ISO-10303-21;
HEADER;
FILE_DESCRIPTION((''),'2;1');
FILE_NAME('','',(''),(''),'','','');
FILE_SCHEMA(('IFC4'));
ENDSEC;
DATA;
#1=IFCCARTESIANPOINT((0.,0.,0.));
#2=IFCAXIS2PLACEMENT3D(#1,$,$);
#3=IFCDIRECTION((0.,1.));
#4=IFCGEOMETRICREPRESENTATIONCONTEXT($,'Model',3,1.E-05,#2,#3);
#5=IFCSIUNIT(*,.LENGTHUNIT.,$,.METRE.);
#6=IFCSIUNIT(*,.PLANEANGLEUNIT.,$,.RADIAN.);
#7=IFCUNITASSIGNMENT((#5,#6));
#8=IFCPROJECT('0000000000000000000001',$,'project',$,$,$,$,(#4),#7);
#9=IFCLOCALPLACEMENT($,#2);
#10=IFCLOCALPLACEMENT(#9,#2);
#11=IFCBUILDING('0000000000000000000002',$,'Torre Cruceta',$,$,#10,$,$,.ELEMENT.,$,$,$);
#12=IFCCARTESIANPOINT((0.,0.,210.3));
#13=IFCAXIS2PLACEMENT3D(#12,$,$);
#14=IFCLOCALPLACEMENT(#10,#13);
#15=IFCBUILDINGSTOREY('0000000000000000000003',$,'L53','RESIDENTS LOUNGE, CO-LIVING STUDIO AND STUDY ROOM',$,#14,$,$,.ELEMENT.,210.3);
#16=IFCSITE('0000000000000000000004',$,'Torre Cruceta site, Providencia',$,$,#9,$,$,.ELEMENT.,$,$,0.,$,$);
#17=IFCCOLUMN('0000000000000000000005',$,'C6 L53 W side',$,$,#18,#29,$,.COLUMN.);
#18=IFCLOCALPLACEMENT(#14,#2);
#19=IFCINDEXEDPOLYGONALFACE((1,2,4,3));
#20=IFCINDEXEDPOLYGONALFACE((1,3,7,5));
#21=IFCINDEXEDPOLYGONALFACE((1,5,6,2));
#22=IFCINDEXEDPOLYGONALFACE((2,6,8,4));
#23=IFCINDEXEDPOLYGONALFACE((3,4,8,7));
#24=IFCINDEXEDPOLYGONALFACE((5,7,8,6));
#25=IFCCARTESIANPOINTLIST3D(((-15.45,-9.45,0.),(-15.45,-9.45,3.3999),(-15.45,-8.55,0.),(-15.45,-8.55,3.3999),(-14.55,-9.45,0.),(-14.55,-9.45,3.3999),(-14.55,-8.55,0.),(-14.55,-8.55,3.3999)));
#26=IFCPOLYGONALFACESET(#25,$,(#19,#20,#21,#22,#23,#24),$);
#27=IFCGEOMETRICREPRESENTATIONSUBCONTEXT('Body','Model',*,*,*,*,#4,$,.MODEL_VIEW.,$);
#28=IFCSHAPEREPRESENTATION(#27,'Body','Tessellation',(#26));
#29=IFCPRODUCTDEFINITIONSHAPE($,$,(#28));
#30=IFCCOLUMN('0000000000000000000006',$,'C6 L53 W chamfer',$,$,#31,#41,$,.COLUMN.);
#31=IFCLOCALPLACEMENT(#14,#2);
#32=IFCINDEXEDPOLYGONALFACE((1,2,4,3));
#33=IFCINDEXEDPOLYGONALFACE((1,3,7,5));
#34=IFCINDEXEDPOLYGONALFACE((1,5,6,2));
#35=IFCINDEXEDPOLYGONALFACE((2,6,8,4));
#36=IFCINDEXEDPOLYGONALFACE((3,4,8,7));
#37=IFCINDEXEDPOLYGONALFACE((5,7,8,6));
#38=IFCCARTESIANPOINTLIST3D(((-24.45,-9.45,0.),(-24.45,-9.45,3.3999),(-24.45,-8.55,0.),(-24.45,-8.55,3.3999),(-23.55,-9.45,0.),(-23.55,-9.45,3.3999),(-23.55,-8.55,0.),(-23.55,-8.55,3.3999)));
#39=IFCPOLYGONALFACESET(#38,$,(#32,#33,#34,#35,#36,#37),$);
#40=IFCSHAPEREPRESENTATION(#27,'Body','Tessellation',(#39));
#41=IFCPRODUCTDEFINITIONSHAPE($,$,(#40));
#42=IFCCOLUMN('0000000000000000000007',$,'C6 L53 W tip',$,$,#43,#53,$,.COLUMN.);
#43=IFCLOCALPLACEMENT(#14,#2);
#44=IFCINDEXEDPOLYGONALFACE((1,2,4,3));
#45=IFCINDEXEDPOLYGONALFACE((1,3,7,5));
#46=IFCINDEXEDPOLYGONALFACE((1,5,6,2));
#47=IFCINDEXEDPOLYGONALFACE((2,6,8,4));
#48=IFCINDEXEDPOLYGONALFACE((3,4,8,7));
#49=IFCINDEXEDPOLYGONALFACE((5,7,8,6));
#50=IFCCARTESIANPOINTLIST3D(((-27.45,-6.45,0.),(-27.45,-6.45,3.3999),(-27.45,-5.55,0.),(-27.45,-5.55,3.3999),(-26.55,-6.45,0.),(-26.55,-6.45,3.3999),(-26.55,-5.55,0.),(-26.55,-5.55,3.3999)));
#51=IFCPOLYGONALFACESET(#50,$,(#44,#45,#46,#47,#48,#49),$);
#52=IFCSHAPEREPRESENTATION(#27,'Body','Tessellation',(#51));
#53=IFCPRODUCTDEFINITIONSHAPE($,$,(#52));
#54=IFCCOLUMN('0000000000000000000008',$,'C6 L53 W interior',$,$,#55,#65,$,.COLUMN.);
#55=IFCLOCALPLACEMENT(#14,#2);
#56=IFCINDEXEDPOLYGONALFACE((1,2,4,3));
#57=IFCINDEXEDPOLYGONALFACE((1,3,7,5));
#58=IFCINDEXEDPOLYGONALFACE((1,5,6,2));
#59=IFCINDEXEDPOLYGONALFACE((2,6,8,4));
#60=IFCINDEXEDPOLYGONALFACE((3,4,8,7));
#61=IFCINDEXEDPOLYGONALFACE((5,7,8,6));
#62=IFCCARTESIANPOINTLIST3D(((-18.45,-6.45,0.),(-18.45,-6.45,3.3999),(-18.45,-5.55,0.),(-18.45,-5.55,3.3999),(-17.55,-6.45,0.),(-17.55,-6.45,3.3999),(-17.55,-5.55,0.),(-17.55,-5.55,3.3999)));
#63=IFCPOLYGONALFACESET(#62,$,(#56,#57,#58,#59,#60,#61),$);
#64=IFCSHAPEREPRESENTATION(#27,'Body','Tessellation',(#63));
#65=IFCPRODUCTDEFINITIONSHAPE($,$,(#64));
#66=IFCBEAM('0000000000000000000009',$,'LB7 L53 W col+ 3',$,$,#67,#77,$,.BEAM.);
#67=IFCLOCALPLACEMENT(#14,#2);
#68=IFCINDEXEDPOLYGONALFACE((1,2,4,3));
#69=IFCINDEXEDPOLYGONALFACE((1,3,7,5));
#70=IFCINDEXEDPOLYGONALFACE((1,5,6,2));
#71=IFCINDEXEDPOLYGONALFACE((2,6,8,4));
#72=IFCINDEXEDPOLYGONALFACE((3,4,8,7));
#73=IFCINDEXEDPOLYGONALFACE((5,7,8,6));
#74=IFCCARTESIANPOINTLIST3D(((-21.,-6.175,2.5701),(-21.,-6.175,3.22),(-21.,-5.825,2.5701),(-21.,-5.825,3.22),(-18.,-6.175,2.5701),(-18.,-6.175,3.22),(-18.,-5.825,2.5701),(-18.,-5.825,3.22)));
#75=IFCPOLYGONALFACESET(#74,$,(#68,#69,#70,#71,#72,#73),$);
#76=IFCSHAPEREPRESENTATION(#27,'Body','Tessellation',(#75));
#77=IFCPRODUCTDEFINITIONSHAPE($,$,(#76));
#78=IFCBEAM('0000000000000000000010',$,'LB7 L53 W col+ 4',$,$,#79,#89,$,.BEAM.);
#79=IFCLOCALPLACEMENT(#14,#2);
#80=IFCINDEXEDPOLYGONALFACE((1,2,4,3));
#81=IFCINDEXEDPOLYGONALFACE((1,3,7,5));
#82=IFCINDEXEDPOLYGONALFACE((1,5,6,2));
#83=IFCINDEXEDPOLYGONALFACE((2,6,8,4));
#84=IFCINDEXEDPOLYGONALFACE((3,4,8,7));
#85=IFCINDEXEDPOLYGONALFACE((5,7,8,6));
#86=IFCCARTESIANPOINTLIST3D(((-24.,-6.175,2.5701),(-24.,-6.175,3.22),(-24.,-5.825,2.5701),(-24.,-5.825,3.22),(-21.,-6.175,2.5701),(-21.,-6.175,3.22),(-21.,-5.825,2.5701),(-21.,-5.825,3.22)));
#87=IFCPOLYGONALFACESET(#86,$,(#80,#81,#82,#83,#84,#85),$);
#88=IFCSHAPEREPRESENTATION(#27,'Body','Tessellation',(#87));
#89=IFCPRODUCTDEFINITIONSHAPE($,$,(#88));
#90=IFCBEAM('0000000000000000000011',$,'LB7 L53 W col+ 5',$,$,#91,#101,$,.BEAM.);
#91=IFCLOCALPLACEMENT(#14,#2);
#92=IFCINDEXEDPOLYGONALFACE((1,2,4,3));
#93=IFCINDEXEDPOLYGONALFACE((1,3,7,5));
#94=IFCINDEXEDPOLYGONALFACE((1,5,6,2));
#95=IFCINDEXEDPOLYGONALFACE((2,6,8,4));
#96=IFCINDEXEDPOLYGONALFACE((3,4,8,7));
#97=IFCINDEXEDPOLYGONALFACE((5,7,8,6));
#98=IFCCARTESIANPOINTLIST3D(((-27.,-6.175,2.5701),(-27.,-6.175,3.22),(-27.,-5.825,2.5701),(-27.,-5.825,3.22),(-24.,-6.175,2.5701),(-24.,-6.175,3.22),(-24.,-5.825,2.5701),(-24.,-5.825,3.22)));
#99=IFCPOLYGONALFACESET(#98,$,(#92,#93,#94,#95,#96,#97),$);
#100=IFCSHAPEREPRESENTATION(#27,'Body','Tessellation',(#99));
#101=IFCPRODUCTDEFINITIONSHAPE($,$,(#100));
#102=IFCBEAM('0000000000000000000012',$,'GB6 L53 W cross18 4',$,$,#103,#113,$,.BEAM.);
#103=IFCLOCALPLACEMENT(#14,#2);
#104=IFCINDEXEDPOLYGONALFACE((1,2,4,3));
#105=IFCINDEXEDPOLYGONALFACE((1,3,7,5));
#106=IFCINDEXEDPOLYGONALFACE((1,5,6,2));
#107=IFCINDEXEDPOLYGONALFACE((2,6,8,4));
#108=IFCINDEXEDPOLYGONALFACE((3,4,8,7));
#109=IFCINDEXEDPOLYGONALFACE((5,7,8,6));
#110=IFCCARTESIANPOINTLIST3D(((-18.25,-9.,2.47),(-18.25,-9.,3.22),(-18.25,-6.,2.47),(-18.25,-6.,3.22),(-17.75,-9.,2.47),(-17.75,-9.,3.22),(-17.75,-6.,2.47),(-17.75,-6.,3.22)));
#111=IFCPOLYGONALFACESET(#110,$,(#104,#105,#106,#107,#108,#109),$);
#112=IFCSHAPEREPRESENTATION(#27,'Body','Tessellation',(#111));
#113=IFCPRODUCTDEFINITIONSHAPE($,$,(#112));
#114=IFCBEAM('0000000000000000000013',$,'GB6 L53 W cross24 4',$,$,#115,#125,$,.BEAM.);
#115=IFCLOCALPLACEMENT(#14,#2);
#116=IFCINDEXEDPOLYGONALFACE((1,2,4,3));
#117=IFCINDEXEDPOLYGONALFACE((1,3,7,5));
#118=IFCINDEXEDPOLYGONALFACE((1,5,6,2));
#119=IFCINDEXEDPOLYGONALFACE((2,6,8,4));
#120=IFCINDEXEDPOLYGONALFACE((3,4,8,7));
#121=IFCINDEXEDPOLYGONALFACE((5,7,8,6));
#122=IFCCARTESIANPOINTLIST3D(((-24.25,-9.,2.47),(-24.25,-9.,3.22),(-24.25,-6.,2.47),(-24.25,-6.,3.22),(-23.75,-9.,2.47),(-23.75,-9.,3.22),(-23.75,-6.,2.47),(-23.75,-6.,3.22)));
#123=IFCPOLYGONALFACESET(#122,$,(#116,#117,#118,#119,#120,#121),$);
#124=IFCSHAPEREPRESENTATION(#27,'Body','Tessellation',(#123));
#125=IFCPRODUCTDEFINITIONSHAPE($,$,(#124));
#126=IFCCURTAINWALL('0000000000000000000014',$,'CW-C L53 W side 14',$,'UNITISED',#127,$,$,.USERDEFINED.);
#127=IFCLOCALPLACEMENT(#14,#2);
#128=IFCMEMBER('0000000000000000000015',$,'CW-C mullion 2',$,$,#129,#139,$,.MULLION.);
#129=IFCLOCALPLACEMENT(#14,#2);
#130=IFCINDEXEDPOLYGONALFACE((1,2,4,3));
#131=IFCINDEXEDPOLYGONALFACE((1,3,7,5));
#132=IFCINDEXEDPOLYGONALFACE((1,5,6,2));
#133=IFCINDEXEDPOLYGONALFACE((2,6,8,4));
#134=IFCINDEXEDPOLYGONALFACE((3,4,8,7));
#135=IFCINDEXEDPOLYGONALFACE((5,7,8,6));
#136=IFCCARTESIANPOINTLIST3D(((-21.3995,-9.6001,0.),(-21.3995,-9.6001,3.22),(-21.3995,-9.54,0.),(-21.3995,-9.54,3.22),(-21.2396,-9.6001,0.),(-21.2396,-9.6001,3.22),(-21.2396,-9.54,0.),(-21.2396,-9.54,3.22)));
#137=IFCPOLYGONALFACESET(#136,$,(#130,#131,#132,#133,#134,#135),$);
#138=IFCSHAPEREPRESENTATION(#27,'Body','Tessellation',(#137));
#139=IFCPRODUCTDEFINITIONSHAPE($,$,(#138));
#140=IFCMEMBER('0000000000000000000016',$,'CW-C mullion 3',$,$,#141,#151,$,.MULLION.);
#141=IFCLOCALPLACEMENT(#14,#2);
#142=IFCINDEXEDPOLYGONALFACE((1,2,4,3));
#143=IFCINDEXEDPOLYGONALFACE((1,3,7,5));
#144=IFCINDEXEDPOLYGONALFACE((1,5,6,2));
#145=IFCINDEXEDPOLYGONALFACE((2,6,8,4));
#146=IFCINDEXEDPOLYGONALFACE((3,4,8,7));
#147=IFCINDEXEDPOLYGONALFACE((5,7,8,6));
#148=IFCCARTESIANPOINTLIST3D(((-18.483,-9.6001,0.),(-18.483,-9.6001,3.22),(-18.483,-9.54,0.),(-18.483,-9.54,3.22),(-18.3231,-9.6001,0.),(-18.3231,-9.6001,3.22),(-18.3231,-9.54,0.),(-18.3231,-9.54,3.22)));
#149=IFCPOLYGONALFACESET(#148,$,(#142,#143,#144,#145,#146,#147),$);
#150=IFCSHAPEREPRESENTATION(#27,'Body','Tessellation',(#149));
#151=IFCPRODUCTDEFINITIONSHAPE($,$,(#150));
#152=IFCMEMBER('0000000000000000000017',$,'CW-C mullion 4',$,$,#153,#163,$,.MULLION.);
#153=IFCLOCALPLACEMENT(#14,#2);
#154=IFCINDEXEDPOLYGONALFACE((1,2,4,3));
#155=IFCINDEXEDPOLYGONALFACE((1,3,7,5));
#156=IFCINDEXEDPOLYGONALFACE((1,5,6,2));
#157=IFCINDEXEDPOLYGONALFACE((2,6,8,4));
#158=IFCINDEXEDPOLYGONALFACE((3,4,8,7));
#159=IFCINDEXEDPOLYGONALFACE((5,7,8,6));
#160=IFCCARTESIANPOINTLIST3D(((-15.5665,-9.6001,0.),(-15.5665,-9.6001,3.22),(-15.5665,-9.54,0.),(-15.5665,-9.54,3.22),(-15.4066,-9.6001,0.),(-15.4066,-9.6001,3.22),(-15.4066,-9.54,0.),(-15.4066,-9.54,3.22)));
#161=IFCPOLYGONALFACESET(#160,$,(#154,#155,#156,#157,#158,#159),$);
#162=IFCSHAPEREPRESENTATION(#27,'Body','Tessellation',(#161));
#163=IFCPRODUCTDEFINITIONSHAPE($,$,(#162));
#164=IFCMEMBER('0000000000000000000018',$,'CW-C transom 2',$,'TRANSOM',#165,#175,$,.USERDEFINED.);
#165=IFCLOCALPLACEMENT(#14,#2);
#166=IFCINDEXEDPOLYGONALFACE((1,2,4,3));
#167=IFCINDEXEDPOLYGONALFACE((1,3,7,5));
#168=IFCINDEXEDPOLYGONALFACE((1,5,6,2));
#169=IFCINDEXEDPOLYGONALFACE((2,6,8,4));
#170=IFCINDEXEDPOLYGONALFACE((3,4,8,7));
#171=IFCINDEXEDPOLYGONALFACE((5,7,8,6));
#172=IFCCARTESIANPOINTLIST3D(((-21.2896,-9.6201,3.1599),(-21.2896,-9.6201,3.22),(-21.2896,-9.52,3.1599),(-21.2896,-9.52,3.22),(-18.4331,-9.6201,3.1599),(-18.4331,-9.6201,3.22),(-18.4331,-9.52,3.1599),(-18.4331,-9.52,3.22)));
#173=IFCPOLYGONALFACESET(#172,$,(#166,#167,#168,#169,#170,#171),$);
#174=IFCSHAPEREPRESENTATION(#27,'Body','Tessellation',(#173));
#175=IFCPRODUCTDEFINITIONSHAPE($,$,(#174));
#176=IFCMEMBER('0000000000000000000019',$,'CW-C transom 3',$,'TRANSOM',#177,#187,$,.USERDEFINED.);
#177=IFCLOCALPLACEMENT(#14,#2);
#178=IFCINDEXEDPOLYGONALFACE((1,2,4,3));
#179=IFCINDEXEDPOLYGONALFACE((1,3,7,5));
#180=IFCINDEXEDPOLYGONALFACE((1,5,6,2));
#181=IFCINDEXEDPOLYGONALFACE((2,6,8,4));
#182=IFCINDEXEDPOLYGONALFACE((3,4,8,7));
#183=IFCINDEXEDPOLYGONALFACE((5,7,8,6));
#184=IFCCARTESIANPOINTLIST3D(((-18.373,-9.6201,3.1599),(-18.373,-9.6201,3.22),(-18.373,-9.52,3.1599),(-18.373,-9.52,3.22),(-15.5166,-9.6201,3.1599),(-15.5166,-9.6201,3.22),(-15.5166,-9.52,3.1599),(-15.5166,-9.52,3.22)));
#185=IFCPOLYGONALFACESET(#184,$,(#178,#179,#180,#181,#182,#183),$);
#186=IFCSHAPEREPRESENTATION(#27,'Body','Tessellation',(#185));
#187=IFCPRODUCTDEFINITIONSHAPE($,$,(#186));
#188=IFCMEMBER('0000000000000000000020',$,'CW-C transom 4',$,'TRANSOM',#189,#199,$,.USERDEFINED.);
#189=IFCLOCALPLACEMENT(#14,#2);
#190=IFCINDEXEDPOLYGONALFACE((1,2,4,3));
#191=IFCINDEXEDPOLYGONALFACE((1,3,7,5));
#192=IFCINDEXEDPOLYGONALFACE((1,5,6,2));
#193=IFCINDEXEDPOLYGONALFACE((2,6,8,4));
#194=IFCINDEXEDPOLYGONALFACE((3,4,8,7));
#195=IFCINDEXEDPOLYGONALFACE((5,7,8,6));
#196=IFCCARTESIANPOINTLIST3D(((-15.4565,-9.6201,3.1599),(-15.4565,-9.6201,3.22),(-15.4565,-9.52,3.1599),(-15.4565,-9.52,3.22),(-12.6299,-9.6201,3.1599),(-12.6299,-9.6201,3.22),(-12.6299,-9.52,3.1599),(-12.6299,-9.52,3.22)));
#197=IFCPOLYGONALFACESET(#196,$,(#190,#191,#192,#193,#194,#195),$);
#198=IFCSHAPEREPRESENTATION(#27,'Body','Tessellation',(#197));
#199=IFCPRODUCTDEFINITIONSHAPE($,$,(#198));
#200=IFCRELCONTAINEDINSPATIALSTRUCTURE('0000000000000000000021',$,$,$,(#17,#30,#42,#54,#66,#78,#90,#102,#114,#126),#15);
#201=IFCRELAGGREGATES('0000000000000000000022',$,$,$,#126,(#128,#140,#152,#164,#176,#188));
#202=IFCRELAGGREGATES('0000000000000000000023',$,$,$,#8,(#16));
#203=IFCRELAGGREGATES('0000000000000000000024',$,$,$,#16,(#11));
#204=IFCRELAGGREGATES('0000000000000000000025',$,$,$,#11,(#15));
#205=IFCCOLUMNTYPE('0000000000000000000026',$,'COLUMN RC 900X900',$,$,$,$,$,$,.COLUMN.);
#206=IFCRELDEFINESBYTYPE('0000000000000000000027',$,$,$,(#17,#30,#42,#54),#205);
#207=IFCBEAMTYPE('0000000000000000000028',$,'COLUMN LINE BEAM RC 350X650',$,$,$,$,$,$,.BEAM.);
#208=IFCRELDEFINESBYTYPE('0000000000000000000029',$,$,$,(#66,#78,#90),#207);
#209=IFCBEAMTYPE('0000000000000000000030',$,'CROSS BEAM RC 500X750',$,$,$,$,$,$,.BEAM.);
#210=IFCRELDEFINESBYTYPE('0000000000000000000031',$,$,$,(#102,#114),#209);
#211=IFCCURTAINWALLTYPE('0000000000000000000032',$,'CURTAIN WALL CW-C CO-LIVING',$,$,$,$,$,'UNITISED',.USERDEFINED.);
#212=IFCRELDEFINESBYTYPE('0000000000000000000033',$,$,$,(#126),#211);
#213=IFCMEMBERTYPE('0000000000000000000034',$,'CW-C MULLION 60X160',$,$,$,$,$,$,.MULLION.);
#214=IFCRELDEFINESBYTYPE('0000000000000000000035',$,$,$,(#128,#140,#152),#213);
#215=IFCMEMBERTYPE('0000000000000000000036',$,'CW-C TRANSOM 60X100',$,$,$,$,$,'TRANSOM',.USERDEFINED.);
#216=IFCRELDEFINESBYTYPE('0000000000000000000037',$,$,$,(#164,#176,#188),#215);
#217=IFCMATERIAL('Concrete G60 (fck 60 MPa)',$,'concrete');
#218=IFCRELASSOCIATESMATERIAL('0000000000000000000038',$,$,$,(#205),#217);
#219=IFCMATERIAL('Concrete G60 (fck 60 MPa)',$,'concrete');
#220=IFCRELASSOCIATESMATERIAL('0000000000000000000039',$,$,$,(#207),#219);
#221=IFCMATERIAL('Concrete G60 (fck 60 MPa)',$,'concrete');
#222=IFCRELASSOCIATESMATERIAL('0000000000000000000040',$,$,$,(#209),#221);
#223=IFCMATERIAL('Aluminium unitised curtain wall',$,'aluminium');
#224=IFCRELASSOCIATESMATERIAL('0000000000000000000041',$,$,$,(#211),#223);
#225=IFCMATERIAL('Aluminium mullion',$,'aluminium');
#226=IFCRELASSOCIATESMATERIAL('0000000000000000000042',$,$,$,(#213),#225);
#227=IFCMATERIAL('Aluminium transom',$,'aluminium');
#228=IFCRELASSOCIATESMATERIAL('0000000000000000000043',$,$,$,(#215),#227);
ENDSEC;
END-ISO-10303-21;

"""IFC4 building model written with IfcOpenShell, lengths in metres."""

from ifc_helpers import new_model, si_unit, direction, frame, origin, origin_2d, place, context, subcontext, project, spatial, rectangle, extrude, material, material_profile, profile_set, type_object, element, aggregate, save


model = new_model("IFC4")

# Units and contexts
model_context = context("Model", 3, precision=1e-05, world=origin(), true_north=direction((0.0, 1.0)))
body_context = subcontext(model_context, "Body", "Model", "MODEL_VIEW")
ifc_project = project(units=[si_unit("LENGTHUNIT", "METRE"), si_unit("PLANEANGLEUNIT", "RADIAN")], contexts=[model_context])

# Site, building, storey
site_placement = place(None, origin())
site = spatial("IfcSite", under=ifc_project, at=site_placement, Name="Torre Cruceta site, Providencia", CompositionType="ELEMENT", RefElevation=0.0)
building_placement = place(site_placement, origin())
building = spatial("IfcBuilding", under=site, at=building_placement, Name="Torre Cruceta", CompositionType="ELEMENT")
storey_placement = place(building_placement, frame((0.0, 0.0, 210.3)))
storey = spatial("IfcBuildingStorey", under=building, at=storey_placement, Name="L53", Description="RESIDENTS LOUNGE, CO-LIVING STUDIO AND STUDY ROOM", CompositionType="ELEMENT", Elevation=210.3)

# Columns
ifc_material_1 = material(Name="Concrete G60 (fck 60 MPa)", Category="concrete")
ifc_material_profile_1 = material_profile(ifc_material_1, rectangle(XDim=0.8999, YDim=0.8999, at=origin_2d()), Name="RC 900X900")
ifc_profile_set_1 = profile_set([ifc_material_profile_1], Name="Concrete G60 (fck 60 MPa)")
column_type = type_object("IfcColumnType", Name="COLUMN RC 900X900", PredefinedType="COLUMN", material=ifc_profile_set_1)
for number, where, z_axis, x_axis, name in (
    (1, (-15.0, -9.0, 0.0), (0.0, 0.0, 1.0), (1.0, 0.0, 0.0), "C6 L53 W side"),
    (2, (-24.0, -9.0, 0.0), (0.0, 0.0, 1.0), (1.0, 0.0, 0.0), "C6 L53 W chamfer"),
    (3, (-27.0, -6.0, 0.0), (0.0, 0.0, 1.0), (1.0, 0.0, 0.0), "C6 L53 W tip"),
    (4, (-18.0, -6.0, 0.0), (0.0, 0.0, 1.0), (1.0, 0.0, 0.0), "C6 L53 W interior"),
):
    element("IfcColumn", number, at=place(storey_placement, frame(where, z_axis=z_axis, x_axis=x_axis)), inside=storey, type_object=column_type, Name=name, PredefinedType="COLUMN", context=body_context, shape_type="SweptSolid", body=[
        extrude(rectangle(XDim=0.8999, YDim=0.8999, at=origin_2d()), origin(), (0.0, 0.0, 1.0), 3.3999),
    ])

# Beams
ifc_material_2 = material(Name="Concrete G60 (fck 60 MPa)", Category="concrete")
ifc_material_profile_2 = material_profile(ifc_material_2, rectangle(XDim=0.3501, YDim=0.6499, at=origin_2d()), Name="RC 350X650")
ifc_profile_set_2 = profile_set([ifc_material_profile_2], Name="Concrete G60 (fck 60 MPa)")
beam_type_1 = type_object("IfcBeamType", Name="COLUMN LINE BEAM RC 350X650", PredefinedType="BEAM", material=ifc_profile_set_2)
for number, where, z_axis, x_axis, name in (
    (5, (-18.0, -6.0, 2.895), (-1.0, 0.0, 0.0), (0.0, -1.0, 0.0), "LB7 L53 W col+ 3"),
    (6, (-21.0, -6.0, 2.895), (-1.0, 0.0, 0.0), (0.0, -1.0, 0.0), "LB7 L53 W col+ 4"),
    (7, (-24.0, -6.0, 2.895), (-1.0, 0.0, 0.0), (0.0, -1.0, 0.0), "LB7 L53 W col+ 5"),
):
    element("IfcBeam", number, at=place(storey_placement, frame(where, z_axis=z_axis, x_axis=x_axis)), inside=storey, type_object=beam_type_1, Name=name, PredefinedType="BEAM", context=body_context, shape_type="SweptSolid", body=[
        extrude(rectangle(XDim=0.3501, YDim=0.6499, at=origin_2d()), origin(), (0.0, 0.0, 1.0), 3.0),
    ])
ifc_material_3 = material(Name="Concrete G60 (fck 60 MPa)", Category="concrete")
ifc_material_profile_3 = material_profile(ifc_material_3, rectangle(XDim=0.5, YDim=0.75, at=origin_2d()), Name="RC 500X750")
ifc_profile_set_3 = profile_set([ifc_material_profile_3], Name="Concrete G60 (fck 60 MPa)")
beam_type_2 = type_object("IfcBeamType", Name="CROSS BEAM RC 500X750", PredefinedType="BEAM", material=ifc_profile_set_3)
for number, where, z_axis, x_axis, name in (
    (8, (-18.0, -6.0, 2.845), (0.0, -1.0, 0.0), (1.0, 0.0, 0.0), "GB6 L53 W cross18 4"),
    (9, (-24.0, -6.0, 2.845), (0.0, -1.0, 0.0), (1.0, 0.0, 0.0), "GB6 L53 W cross24 4"),
):
    element("IfcBeam", number, at=place(storey_placement, frame(where, z_axis=z_axis, x_axis=x_axis)), inside=storey, type_object=beam_type_2, Name=name, PredefinedType="BEAM", context=body_context, shape_type="SweptSolid", body=[
        extrude(rectangle(XDim=0.5, YDim=0.75, at=origin_2d()), origin(), (0.0, 0.0, 1.0), 3.0),
    ])

# Curtain wall, members
ifc_material_4 = material(Name="Aluminium unitised curtain wall", Category="aluminium")
curtain_wall_type = type_object("IfcCurtainWallType", Name="CURTAIN WALL CW-C CO-LIVING", ElementType="UNITISED", PredefinedType="USERDEFINED", material=ifc_material_4)
curtain_wall_placement = place(storey_placement, origin())
curtain_wall = element("IfcCurtainWall", 10, at=curtain_wall_placement, inside=storey, type_object=curtain_wall_type, Name="CW-C L53 W side 14", ObjectType="UNITISED", PredefinedType="USERDEFINED")
ifc_material_5 = material(Name="Aluminium mullion", Category="aluminium")
ifc_material_profile_4 = material_profile(ifc_material_5, rectangle(XDim=0.0601, YDim=0.1599, at=origin_2d()), Name="AL 60X160")
ifc_profile_set_4 = profile_set([ifc_material_profile_4], Name="Aluminium mullion")
member_type_1 = type_object("IfcMemberType", Name="CW-C MULLION 60X160", PredefinedType="MULLION", material=ifc_profile_set_4)
member_1_placement = place(storey_placement, frame((-21.3196, -9.5701, 0.0), z_axis=(0.0, 0.0, 1.0), x_axis=(0.0, 1.0, 0.0)))
member_1 = element("IfcMember", 11, at=member_1_placement, type_object=member_type_1, Name="CW-C mullion 2", PredefinedType="MULLION", context=body_context, shape_type="SweptSolid", body=[
    extrude(rectangle(XDim=0.0601, YDim=0.1599, at=origin_2d()), origin(), (0.0, 0.0, 1.0), 3.22),
])
member_2_placement = place(storey_placement, frame((-18.4031, -9.5701, 0.0), z_axis=(0.0, 0.0, 1.0), x_axis=(0.0, 1.0, 0.0)))
member_2 = element("IfcMember", 12, at=member_2_placement, type_object=member_type_1, Name="CW-C mullion 3", PredefinedType="MULLION", context=body_context, shape_type="SweptSolid", body=[
    extrude(rectangle(XDim=0.0601, YDim=0.1599, at=origin_2d()), origin(), (0.0, 0.0, 1.0), 3.22),
])
member_3_placement = place(storey_placement, frame((-15.4866, -9.5701, 0.0), z_axis=(0.0, 0.0, 1.0), x_axis=(0.0, 1.0, 0.0)))
member_3 = element("IfcMember", 13, at=member_3_placement, type_object=member_type_1, Name="CW-C mullion 4", PredefinedType="MULLION", context=body_context, shape_type="SweptSolid", body=[
    extrude(rectangle(XDim=0.0601, YDim=0.1599, at=origin_2d()), origin(), (0.0, 0.0, 1.0), 3.22),
])
ifc_material_6 = material(Name="Aluminium transom", Category="aluminium")
ifc_material_profile_5 = material_profile(ifc_material_6, rectangle(XDim=0.1001, YDim=0.0601, at=origin_2d()), Name="AL 100X60")
ifc_profile_set_5 = profile_set([ifc_material_profile_5], Name="Aluminium transom")
member_type_2 = type_object("IfcMemberType", Name="CW-C TRANSOM 60X100", ElementType="TRANSOM", PredefinedType="USERDEFINED", material=ifc_profile_set_5)
member_4_placement = place(storey_placement, frame((-21.2896, -9.5701, 3.1899), z_axis=(1.0, 0.0, 0.0), x_axis=(0.0, 1.0, 0.0)))
member_4 = element("IfcMember", 14, at=member_4_placement, type_object=member_type_2, Name="CW-C transom 2", ObjectType="TRANSOM", PredefinedType="USERDEFINED", context=body_context, shape_type="SweptSolid", body=[
    extrude(rectangle(XDim=0.1001, YDim=0.0601, at=origin_2d()), origin(), (0.0, 0.0, 1.0), 2.8564),
])
member_5_placement = place(storey_placement, frame((-18.373, -9.5701, 3.1899), z_axis=(1.0, 0.0, 0.0), x_axis=(0.0, 1.0, 0.0)))
member_5 = element("IfcMember", 15, at=member_5_placement, type_object=member_type_2, Name="CW-C transom 3", ObjectType="TRANSOM", PredefinedType="USERDEFINED", context=body_context, shape_type="SweptSolid", body=[
    extrude(rectangle(XDim=0.1001, YDim=0.0601, at=origin_2d()), origin(), (0.0, 0.0, 1.0), 2.8564),
])
member_6_placement = place(storey_placement, frame((-15.4565, -9.5701, 3.1899), z_axis=(1.0, 0.0, 0.0), x_axis=(0.0, 1.0, 0.0)))
member_6 = element("IfcMember", 16, at=member_6_placement, type_object=member_type_2, Name="CW-C transom 4", ObjectType="TRANSOM", PredefinedType="USERDEFINED", context=body_context, shape_type="SweptSolid", body=[
    extrude(rectangle(XDim=0.1001, YDim=0.0601, at=origin_2d()), origin(), (0.0, 0.0, 1.0), 2.8267),
])

aggregate(curtain_wall, [member_1, member_2, member_3, member_4, member_5, member_6])

save(model, "model.ifc")
